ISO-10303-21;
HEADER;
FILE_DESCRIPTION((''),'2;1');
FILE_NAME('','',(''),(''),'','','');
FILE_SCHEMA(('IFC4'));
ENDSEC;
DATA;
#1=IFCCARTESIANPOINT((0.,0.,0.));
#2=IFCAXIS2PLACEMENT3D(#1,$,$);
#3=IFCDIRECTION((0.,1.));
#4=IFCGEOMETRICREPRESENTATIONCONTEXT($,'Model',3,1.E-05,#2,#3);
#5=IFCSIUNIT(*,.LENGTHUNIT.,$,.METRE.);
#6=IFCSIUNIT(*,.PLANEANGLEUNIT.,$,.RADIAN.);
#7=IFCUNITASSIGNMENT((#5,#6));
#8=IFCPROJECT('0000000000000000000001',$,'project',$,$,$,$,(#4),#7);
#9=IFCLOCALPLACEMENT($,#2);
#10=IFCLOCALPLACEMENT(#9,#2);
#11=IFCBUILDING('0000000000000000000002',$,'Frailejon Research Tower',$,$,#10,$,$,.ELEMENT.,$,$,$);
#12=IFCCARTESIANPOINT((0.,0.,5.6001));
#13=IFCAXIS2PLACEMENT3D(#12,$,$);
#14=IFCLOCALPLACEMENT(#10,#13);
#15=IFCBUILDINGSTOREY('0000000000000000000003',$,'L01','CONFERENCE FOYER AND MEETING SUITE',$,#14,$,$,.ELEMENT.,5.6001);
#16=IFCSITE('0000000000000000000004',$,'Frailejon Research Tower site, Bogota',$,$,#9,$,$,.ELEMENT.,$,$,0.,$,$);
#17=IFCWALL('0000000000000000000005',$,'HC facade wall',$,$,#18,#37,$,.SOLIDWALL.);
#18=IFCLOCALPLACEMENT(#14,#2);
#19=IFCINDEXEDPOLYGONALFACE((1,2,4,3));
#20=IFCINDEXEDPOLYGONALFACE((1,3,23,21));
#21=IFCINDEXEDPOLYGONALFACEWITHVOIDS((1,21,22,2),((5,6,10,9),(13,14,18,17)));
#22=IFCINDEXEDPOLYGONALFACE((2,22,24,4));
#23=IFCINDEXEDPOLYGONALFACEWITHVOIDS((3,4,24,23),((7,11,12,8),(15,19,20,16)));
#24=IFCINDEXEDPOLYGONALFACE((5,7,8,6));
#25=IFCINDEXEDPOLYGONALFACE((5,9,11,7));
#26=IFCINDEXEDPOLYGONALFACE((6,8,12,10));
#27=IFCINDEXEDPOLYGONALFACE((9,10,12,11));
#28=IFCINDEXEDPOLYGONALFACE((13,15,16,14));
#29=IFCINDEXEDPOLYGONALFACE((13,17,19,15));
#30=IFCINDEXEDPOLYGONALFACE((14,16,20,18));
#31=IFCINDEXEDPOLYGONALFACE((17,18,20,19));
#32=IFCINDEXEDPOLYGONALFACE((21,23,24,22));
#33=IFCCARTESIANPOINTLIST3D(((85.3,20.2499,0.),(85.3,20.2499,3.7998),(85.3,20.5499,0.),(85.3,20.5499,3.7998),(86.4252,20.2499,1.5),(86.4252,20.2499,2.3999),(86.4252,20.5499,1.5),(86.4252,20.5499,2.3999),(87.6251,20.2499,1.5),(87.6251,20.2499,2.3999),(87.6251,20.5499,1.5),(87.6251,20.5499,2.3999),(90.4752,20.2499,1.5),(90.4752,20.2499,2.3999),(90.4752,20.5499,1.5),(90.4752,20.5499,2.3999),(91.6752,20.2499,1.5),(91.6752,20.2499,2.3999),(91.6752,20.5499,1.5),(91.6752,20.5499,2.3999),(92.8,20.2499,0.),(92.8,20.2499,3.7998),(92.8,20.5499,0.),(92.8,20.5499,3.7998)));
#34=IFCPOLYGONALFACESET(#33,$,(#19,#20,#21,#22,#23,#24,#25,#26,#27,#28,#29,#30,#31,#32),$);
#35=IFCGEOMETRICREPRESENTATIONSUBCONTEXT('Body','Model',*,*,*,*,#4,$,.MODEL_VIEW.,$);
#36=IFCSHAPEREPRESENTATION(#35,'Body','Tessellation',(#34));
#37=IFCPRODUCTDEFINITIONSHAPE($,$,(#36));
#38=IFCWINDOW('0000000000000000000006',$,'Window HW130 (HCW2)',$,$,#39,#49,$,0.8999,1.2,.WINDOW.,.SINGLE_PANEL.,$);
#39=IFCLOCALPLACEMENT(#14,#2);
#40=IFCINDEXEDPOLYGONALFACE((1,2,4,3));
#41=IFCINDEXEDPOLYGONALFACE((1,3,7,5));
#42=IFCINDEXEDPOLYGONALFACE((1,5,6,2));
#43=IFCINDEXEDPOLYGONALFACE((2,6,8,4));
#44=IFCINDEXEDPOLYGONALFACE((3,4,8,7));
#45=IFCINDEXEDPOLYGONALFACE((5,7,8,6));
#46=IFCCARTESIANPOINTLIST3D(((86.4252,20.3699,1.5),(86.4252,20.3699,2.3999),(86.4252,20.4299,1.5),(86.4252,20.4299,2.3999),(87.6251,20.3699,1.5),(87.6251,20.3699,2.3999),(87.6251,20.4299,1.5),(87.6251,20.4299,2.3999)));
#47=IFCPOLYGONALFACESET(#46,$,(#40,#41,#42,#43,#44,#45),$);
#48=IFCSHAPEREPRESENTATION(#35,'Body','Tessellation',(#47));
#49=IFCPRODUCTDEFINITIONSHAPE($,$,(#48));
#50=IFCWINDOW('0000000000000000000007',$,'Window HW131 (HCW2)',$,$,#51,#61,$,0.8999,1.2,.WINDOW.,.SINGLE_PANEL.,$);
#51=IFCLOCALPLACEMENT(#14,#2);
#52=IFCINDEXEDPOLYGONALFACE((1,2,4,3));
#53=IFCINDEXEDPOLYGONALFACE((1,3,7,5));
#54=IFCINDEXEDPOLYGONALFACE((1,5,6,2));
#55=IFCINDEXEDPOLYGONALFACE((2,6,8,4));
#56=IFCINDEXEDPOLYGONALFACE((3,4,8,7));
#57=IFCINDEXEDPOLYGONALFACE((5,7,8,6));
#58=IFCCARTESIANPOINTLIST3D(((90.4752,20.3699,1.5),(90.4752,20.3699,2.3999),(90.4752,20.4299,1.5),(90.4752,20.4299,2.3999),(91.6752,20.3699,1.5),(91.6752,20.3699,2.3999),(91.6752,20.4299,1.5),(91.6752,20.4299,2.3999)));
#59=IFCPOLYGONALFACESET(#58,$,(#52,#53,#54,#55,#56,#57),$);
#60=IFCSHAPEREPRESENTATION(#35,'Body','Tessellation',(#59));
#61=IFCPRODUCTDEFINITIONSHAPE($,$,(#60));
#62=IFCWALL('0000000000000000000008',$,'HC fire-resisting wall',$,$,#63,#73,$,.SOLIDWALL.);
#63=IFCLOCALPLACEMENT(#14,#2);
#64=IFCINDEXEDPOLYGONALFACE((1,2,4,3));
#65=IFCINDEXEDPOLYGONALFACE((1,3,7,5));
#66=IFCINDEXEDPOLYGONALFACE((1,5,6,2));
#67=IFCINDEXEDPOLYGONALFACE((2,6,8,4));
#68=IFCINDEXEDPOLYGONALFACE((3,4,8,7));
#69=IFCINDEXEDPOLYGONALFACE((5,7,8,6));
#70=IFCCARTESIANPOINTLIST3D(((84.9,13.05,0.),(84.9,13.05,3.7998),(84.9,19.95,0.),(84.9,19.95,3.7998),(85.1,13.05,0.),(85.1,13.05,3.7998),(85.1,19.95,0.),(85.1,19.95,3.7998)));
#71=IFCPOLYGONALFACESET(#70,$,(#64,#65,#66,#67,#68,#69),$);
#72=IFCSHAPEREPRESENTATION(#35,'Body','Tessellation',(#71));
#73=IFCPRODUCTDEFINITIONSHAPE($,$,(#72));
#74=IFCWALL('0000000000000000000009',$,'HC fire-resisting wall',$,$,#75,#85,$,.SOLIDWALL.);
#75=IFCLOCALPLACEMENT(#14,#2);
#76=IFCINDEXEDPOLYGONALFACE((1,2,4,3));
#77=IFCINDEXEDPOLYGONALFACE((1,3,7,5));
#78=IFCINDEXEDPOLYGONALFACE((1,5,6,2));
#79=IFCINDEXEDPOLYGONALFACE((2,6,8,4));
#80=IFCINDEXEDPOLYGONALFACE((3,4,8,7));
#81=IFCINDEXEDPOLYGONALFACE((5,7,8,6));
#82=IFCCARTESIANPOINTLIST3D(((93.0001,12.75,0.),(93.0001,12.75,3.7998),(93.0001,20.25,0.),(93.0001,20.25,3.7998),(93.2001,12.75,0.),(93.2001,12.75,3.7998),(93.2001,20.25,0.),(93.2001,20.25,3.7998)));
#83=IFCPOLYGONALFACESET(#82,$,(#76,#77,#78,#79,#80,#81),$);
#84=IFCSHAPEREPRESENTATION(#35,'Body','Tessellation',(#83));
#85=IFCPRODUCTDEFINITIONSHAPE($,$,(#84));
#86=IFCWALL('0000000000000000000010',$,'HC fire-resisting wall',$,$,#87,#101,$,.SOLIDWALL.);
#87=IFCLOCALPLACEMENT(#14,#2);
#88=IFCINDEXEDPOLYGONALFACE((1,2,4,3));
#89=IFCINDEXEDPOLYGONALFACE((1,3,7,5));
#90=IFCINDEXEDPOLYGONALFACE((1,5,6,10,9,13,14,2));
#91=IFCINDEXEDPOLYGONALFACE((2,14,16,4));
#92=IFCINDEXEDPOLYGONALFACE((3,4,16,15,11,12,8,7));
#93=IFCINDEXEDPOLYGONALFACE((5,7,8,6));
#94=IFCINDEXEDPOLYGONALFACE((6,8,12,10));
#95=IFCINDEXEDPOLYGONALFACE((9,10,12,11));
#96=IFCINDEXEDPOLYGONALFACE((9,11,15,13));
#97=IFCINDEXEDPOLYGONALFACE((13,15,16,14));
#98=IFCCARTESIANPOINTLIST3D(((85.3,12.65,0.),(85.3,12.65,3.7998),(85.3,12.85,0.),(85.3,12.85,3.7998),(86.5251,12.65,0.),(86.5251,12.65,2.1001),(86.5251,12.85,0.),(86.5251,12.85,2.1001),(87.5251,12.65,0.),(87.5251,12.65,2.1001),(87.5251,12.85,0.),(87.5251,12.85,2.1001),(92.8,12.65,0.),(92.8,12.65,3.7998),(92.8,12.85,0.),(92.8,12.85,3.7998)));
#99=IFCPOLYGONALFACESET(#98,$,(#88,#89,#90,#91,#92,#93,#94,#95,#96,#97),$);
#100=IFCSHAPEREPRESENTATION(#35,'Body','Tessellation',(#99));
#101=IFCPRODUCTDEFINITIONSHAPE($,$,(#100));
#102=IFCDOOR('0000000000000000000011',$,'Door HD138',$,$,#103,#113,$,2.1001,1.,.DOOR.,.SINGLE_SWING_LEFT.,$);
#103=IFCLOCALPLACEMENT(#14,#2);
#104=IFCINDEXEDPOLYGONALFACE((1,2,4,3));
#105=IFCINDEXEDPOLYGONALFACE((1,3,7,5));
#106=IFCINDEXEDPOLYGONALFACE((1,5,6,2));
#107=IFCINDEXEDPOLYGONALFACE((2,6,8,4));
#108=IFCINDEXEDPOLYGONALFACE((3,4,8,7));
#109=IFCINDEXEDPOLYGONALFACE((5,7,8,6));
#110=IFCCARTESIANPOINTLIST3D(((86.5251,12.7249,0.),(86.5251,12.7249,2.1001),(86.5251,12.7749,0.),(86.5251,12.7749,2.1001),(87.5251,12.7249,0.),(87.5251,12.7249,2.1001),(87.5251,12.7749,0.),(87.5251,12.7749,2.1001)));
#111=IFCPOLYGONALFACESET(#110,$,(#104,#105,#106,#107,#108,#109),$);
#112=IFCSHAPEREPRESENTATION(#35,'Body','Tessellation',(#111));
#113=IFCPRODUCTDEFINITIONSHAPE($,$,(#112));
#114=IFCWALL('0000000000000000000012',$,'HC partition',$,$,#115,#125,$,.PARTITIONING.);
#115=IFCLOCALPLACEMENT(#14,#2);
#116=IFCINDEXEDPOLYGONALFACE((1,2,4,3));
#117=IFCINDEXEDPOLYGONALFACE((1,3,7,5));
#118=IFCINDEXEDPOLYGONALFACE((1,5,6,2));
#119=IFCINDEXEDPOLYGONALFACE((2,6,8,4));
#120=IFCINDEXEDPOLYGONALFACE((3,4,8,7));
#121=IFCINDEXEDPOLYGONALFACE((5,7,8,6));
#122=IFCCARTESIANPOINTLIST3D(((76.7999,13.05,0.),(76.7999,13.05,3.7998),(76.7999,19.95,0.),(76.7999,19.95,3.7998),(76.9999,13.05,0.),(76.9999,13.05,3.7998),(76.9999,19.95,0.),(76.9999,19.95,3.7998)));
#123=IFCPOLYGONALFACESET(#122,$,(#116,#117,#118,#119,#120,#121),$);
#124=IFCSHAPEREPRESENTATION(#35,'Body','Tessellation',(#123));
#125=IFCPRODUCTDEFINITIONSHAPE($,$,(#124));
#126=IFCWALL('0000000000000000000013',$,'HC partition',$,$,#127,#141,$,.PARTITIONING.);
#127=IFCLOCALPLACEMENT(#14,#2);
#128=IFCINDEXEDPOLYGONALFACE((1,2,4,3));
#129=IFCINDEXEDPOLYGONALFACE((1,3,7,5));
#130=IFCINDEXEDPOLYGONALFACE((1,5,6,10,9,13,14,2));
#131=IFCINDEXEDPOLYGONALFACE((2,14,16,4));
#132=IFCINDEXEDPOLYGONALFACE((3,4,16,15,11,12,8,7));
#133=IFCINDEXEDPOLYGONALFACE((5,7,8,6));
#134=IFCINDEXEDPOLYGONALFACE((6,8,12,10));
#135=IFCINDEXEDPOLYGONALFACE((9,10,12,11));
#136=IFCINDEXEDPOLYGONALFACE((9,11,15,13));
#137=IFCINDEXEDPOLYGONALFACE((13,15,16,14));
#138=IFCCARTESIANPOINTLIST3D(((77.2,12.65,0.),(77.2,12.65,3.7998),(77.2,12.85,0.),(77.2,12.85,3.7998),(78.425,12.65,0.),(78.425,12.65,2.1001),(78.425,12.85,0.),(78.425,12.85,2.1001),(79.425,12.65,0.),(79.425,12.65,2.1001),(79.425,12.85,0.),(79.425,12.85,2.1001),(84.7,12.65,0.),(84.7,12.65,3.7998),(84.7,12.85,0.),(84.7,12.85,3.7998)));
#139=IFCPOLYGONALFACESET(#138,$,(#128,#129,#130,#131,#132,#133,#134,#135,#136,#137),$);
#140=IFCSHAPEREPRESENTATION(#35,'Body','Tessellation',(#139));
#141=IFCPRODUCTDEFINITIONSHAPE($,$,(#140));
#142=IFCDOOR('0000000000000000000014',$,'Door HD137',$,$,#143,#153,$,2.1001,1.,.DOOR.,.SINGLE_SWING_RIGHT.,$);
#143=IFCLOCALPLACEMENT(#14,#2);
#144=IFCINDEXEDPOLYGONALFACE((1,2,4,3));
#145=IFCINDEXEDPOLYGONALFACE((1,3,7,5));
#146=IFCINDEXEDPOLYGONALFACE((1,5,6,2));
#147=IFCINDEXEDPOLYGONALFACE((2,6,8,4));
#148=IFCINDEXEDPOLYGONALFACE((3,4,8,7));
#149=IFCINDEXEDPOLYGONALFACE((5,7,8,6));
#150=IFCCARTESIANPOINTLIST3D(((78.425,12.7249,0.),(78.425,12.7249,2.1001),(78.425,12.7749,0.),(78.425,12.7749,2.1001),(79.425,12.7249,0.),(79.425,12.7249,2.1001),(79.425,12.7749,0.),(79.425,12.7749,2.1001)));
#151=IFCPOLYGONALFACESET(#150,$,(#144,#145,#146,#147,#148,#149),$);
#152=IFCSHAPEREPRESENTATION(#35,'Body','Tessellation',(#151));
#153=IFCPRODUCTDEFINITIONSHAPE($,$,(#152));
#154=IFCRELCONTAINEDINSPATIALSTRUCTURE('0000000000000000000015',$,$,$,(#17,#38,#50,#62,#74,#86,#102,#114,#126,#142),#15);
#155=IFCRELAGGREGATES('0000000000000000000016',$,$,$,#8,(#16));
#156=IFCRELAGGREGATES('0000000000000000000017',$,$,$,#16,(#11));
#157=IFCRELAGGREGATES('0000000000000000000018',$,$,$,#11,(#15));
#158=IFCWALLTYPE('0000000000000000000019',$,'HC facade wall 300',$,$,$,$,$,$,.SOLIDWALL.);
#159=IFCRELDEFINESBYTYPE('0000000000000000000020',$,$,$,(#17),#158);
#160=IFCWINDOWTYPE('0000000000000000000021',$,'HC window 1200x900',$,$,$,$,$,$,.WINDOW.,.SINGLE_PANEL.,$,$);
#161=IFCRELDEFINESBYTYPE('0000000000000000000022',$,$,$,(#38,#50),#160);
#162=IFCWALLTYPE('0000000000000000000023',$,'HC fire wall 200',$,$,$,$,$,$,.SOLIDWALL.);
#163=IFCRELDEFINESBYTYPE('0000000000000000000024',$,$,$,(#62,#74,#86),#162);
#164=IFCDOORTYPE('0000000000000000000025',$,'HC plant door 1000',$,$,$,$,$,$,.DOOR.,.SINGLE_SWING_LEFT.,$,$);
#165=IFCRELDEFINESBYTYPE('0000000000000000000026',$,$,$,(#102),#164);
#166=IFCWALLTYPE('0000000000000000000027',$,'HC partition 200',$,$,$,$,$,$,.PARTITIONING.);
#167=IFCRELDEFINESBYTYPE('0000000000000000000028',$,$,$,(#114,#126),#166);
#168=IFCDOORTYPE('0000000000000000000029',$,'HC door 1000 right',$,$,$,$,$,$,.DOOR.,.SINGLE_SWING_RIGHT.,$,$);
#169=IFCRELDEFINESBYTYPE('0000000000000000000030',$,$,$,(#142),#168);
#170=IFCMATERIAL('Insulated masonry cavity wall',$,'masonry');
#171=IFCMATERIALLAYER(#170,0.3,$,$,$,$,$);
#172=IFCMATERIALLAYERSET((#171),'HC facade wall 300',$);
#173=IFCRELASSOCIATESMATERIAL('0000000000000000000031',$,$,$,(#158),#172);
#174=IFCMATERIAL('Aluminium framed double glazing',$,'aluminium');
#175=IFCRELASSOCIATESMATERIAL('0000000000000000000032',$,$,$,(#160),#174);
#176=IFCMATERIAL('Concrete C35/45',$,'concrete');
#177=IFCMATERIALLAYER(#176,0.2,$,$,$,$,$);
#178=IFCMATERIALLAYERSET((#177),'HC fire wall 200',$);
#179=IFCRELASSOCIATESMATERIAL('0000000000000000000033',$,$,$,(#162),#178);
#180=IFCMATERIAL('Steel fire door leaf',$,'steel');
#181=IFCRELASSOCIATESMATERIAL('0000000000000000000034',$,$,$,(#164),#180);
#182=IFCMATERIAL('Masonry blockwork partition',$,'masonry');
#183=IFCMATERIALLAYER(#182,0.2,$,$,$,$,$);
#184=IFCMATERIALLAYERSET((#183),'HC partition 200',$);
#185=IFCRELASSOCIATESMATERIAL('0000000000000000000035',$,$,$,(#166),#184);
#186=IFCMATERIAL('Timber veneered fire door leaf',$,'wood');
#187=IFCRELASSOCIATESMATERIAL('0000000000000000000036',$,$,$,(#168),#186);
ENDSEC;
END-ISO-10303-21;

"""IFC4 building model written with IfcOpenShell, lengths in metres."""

from ifc_helpers import new_model, si_unit, direction, frame, frame_2d, origin, place, context, subcontext, project, spatial, rectangle, extrude, material, layer, layer_set, type_object, element, fill, save


model = new_model("IFC4")

# Units and contexts
model_context = context("Model", 3, precision=1e-05, world=origin(), true_north=direction((0.0, 1.0)))
body_context = subcontext(model_context, "Body", "Model", "MODEL_VIEW")
ifc_project = project(units=[si_unit("LENGTHUNIT", "METRE"), si_unit("PLANEANGLEUNIT", "RADIAN")], contexts=[model_context])

# Site, building, storey
site_placement = place(None, origin())
site = spatial("IfcSite", under=ifc_project, at=site_placement, Name="Frailejon Research Tower site, Bogota", CompositionType="ELEMENT", RefElevation=0.0)
building_placement = place(site_placement, origin())
building = spatial("IfcBuilding", under=site, at=building_placement, Name="Frailejon Research Tower", CompositionType="ELEMENT")
storey_placement = place(building_placement, frame((0.0, 0.0, 5.6001)))
storey = spatial("IfcBuildingStorey", under=building, at=storey_placement, Name="L01", Description="CONFERENCE FOYER AND MEETING SUITE", CompositionType="ELEMENT", Elevation=5.6001)

# Wall, openings, windows
ifc_material_1 = material(Name="Insulated masonry cavity wall", Category="masonry")
ifc_layer_1 = layer(ifc_material_1, 0.3)
ifc_layer_set_1 = layer_set([ifc_layer_1], Name="HC facade wall 300")
wall_type_1 = type_object("IfcWallType", Name="HC facade wall 300", PredefinedType="SOLIDWALL", material=ifc_layer_set_1)
ifc_material_2 = material(Name="Aluminium framed double glazing", Category="aluminium")
window_type = type_object("IfcWindowType", Name="HC window 1200x900", PartitioningType="SINGLE_PANEL", PredefinedType="WINDOW", material=ifc_material_2)
wall_1_placement = place(storey_placement, frame((85.3, 20.3999, 0.0), z_axis=(0.0, 0.0, 1.0), x_axis=(1.0, 0.0, 0.0)))
wall_1 = element("IfcWall", 1, at=wall_1_placement, inside=storey, type_object=wall_type_1, Name="HC facade wall", PredefinedType="SOLIDWALL", context=body_context, shape_type="SweptSolid", body=[
    extrude(rectangle(XDim=7.5, YDim=0.3, at=frame_2d((3.75, 0.0))), origin(), (0.0, 0.0, 1.0), 3.7998),
])
opening_1_placement = place(wall_1_placement, frame((1.125, 0.0, 1.5)))
opening_1 = element("IfcOpeningElement", 2, at=opening_1_placement, cuts=wall_1, PredefinedType="OPENING", context=body_context, shape_type="SweptSolid", body=[
    extrude(rectangle(XDim=1.2, YDim=0.8999, at=frame_2d((0.6001, 0.45))), frame((0.0, 0.1599, 0.0), z_axis=(0.0, -1.0, 0.0), x_axis=(1.0, 0.0, 0.0)), (0.0, 0.0, 1.0), 0.3201),
])
opening_2_placement = place(wall_1_placement, frame((5.175, 0.0, 1.5)))
opening_2 = element("IfcOpeningElement", 3, at=opening_2_placement, cuts=wall_1, PredefinedType="OPENING", context=body_context, shape_type="SweptSolid", body=[
    extrude(rectangle(XDim=1.2, YDim=0.8999, at=frame_2d((0.6001, 0.45))), frame((0.0, 0.1599, 0.0), z_axis=(0.0, -1.0, 0.0), x_axis=(1.0, 0.0, 0.0)), (0.0, 0.0, 1.0), 0.3201),
])
window_1_placement = place(opening_1_placement, origin())
window_1 = element("IfcWindow", 4, at=window_1_placement, inside=storey, type_object=window_type, Name="Window HW130 (HCW2)", OverallHeight=0.8999, OverallWidth=1.2, PartitioningType="SINGLE_PANEL", PredefinedType="WINDOW", context=body_context, shape_type="SweptSolid", body=[
    extrude(rectangle(XDim=1.2, YDim=0.8999, at=frame_2d((0.6001, 0.45))), frame((0.0, 0.03, 0.0), z_axis=(0.0, -1.0, 0.0), x_axis=(1.0, 0.0, 0.0)), (0.0, 0.0, 1.0), 0.0601),
])
fill(opening_1, window_1)
window_2_placement = place(opening_2_placement, origin())
window_2 = element("IfcWindow", 5, at=window_2_placement, inside=storey, type_object=window_type, Name="Window HW131 (HCW2)", OverallHeight=0.8999, OverallWidth=1.2, PartitioningType="SINGLE_PANEL", PredefinedType="WINDOW", context=body_context, shape_type="SweptSolid", body=[
    extrude(rectangle(XDim=1.2, YDim=0.8999, at=frame_2d((0.6001, 0.45))), frame((0.0, 0.03, 0.0), z_axis=(0.0, -1.0, 0.0), x_axis=(1.0, 0.0, 0.0)), (0.0, 0.0, 1.0), 0.0601),
])
fill(opening_2, window_2)

# Walls
ifc_material_3 = material(Name="Concrete C35/45", Category="concrete")
ifc_layer_2 = layer(ifc_material_3, 0.2)
ifc_layer_set_2 = layer_set([ifc_layer_2], Name="HC fire wall 200")
wall_type_2 = type_object("IfcWallType", Name="HC fire wall 200", PredefinedType="SOLIDWALL", material=ifc_layer_set_2)
wall_2_placement = place(storey_placement, frame((85.0, 13.05, 0.0), z_axis=(0.0, 0.0, 1.0), x_axis=(0.0, 1.0, 0.0)))
element("IfcWall", 6, at=wall_2_placement, inside=storey, type_object=wall_type_2, Name="HC fire-resisting wall", PredefinedType="SOLIDWALL", context=body_context, shape_type="SweptSolid", body=[
    extrude(rectangle(XDim=6.8999, YDim=0.2, at=frame_2d((3.45, 0.0))), origin(), (0.0, 0.0, 1.0), 3.7998),
])
wall_3_placement = place(storey_placement, frame((93.1001, 12.75, 0.0), z_axis=(0.0, 0.0, 1.0), x_axis=(0.0, 1.0, 0.0)))
element("IfcWall", 7, at=wall_3_placement, inside=storey, type_object=wall_type_2, Name="HC fire-resisting wall", PredefinedType="SOLIDWALL", context=body_context, shape_type="SweptSolid", body=[
    extrude(rectangle(XDim=7.5, YDim=0.2, at=frame_2d((3.75, 0.0))), origin(), (0.0, 0.0, 1.0), 3.7998),
])

# Wall, opening, door
wall_4_placement = place(storey_placement, frame((85.3, 12.75, 0.0), z_axis=(0.0, 0.0, 1.0), x_axis=(1.0, 0.0, 0.0)))
wall_4 = element("IfcWall", 8, at=wall_4_placement, inside=storey, type_object=wall_type_2, Name="HC fire-resisting wall", PredefinedType="SOLIDWALL", context=body_context, shape_type="SweptSolid", body=[
    extrude(rectangle(XDim=7.5, YDim=0.2, at=frame_2d((3.75, 0.0))), origin(), (0.0, 0.0, 1.0), 3.7998),
])
opening_3_placement = place(wall_4_placement, frame((1.2251, 0.0, 0.0)))
opening_3 = element("IfcOpeningElement", 9, at=opening_3_placement, cuts=wall_4, PredefinedType="OPENING", context=body_context, shape_type="SweptSolid", body=[
    extrude(rectangle(XDim=1.0, YDim=2.1001, at=frame_2d((0.5, 1.05))), frame((0.0, 0.1099, 0.0), z_axis=(0.0, -1.0, 0.0), x_axis=(1.0, 0.0, 0.0)), (0.0, 0.0, 1.0), 0.22),
])
ifc_material_4 = material(Name="Steel fire door leaf", Category="steel")
door_type_1 = type_object("IfcDoorType", Name="HC plant door 1000", OperationType="SINGLE_SWING_LEFT", PredefinedType="DOOR", material=ifc_material_4)
door_1_placement = place(opening_3_placement, origin())
door_1 = element("IfcDoor", 10, at=door_1_placement, inside=storey, type_object=door_type_1, Name="Door HD138", OperationType="SINGLE_SWING_LEFT", OverallHeight=2.1001, OverallWidth=1.0, PredefinedType="DOOR", context=body_context, shape_type="SweptSolid", body=[
    extrude(rectangle(XDim=1.0, YDim=2.1001, at=frame_2d((0.5, 1.05))), frame((0.0, 0.0249, 0.0), z_axis=(0.0, -1.0, 0.0), x_axis=(1.0, 0.0, 0.0)), (0.0, 0.0, 1.0), 0.05),
])
fill(opening_3, door_1)

# Wall
ifc_material_5 = material(Name="Masonry blockwork partition", Category="masonry")
ifc_layer_3 = layer(ifc_material_5, 0.2)
ifc_layer_set_3 = layer_set([ifc_layer_3], Name="HC partition 200")
wall_type_3 = type_object("IfcWallType", Name="HC partition 200", PredefinedType="PARTITIONING", material=ifc_layer_set_3)
wall_5_placement = place(storey_placement, frame((76.8999, 13.05, 0.0), z_axis=(0.0, 0.0, 1.0), x_axis=(0.0, 1.0, 0.0)))
element("IfcWall", 11, at=wall_5_placement, inside=storey, type_object=wall_type_3, Name="HC partition", PredefinedType="PARTITIONING", context=body_context, shape_type="SweptSolid", body=[
    extrude(rectangle(XDim=6.8999, YDim=0.2, at=frame_2d((3.45, 0.0))), origin(), (0.0, 0.0, 1.0), 3.7998),
])

# Wall, opening, door
wall_6_placement = place(storey_placement, frame((77.2, 12.75, 0.0), z_axis=(0.0, 0.0, 1.0), x_axis=(1.0, 0.0, 0.0)))
wall_6 = element("IfcWall", 12, at=wall_6_placement, inside=storey, type_object=wall_type_3, Name="HC partition", PredefinedType="PARTITIONING", context=body_context, shape_type="SweptSolid", body=[
    extrude(rectangle(XDim=7.5, YDim=0.2, at=frame_2d((3.75, 0.0))), origin(), (0.0, 0.0, 1.0), 3.7998),
])
opening_4_placement = place(wall_6_placement, frame((1.2251, 0.0, 0.0)))
opening_4 = element("IfcOpeningElement", 13, at=opening_4_placement, cuts=wall_6, PredefinedType="OPENING", context=body_context, shape_type="SweptSolid", body=[
    extrude(rectangle(XDim=1.0, YDim=2.1001, at=frame_2d((0.5, 1.05))), frame((0.0, 0.1099, 0.0), z_axis=(0.0, -1.0, 0.0), x_axis=(1.0, 0.0, 0.0)), (0.0, 0.0, 1.0), 0.22),
])
ifc_material_6 = material(Name="Timber veneered fire door leaf", Category="wood")
door_type_2 = type_object("IfcDoorType", Name="HC door 1000 right", OperationType="SINGLE_SWING_RIGHT", PredefinedType="DOOR", material=ifc_material_6)
door_2_placement = place(opening_4_placement, origin())
door_2 = element("IfcDoor", 14, at=door_2_placement, inside=storey, type_object=door_type_2, Name="Door HD137", OperationType="SINGLE_SWING_RIGHT", OverallHeight=2.1001, OverallWidth=1.0, PredefinedType="DOOR", context=body_context, shape_type="SweptSolid", body=[
    extrude(rectangle(XDim=1.0, YDim=2.1001, at=frame_2d((0.5, 1.05))), frame((0.0, 0.0249, 0.0), z_axis=(0.0, -1.0, 0.0), x_axis=(1.0, 0.0, 0.0)), (0.0, 0.0, 1.0), 0.05),
])
fill(opening_4, door_2)

save(model, "model.ifc")
